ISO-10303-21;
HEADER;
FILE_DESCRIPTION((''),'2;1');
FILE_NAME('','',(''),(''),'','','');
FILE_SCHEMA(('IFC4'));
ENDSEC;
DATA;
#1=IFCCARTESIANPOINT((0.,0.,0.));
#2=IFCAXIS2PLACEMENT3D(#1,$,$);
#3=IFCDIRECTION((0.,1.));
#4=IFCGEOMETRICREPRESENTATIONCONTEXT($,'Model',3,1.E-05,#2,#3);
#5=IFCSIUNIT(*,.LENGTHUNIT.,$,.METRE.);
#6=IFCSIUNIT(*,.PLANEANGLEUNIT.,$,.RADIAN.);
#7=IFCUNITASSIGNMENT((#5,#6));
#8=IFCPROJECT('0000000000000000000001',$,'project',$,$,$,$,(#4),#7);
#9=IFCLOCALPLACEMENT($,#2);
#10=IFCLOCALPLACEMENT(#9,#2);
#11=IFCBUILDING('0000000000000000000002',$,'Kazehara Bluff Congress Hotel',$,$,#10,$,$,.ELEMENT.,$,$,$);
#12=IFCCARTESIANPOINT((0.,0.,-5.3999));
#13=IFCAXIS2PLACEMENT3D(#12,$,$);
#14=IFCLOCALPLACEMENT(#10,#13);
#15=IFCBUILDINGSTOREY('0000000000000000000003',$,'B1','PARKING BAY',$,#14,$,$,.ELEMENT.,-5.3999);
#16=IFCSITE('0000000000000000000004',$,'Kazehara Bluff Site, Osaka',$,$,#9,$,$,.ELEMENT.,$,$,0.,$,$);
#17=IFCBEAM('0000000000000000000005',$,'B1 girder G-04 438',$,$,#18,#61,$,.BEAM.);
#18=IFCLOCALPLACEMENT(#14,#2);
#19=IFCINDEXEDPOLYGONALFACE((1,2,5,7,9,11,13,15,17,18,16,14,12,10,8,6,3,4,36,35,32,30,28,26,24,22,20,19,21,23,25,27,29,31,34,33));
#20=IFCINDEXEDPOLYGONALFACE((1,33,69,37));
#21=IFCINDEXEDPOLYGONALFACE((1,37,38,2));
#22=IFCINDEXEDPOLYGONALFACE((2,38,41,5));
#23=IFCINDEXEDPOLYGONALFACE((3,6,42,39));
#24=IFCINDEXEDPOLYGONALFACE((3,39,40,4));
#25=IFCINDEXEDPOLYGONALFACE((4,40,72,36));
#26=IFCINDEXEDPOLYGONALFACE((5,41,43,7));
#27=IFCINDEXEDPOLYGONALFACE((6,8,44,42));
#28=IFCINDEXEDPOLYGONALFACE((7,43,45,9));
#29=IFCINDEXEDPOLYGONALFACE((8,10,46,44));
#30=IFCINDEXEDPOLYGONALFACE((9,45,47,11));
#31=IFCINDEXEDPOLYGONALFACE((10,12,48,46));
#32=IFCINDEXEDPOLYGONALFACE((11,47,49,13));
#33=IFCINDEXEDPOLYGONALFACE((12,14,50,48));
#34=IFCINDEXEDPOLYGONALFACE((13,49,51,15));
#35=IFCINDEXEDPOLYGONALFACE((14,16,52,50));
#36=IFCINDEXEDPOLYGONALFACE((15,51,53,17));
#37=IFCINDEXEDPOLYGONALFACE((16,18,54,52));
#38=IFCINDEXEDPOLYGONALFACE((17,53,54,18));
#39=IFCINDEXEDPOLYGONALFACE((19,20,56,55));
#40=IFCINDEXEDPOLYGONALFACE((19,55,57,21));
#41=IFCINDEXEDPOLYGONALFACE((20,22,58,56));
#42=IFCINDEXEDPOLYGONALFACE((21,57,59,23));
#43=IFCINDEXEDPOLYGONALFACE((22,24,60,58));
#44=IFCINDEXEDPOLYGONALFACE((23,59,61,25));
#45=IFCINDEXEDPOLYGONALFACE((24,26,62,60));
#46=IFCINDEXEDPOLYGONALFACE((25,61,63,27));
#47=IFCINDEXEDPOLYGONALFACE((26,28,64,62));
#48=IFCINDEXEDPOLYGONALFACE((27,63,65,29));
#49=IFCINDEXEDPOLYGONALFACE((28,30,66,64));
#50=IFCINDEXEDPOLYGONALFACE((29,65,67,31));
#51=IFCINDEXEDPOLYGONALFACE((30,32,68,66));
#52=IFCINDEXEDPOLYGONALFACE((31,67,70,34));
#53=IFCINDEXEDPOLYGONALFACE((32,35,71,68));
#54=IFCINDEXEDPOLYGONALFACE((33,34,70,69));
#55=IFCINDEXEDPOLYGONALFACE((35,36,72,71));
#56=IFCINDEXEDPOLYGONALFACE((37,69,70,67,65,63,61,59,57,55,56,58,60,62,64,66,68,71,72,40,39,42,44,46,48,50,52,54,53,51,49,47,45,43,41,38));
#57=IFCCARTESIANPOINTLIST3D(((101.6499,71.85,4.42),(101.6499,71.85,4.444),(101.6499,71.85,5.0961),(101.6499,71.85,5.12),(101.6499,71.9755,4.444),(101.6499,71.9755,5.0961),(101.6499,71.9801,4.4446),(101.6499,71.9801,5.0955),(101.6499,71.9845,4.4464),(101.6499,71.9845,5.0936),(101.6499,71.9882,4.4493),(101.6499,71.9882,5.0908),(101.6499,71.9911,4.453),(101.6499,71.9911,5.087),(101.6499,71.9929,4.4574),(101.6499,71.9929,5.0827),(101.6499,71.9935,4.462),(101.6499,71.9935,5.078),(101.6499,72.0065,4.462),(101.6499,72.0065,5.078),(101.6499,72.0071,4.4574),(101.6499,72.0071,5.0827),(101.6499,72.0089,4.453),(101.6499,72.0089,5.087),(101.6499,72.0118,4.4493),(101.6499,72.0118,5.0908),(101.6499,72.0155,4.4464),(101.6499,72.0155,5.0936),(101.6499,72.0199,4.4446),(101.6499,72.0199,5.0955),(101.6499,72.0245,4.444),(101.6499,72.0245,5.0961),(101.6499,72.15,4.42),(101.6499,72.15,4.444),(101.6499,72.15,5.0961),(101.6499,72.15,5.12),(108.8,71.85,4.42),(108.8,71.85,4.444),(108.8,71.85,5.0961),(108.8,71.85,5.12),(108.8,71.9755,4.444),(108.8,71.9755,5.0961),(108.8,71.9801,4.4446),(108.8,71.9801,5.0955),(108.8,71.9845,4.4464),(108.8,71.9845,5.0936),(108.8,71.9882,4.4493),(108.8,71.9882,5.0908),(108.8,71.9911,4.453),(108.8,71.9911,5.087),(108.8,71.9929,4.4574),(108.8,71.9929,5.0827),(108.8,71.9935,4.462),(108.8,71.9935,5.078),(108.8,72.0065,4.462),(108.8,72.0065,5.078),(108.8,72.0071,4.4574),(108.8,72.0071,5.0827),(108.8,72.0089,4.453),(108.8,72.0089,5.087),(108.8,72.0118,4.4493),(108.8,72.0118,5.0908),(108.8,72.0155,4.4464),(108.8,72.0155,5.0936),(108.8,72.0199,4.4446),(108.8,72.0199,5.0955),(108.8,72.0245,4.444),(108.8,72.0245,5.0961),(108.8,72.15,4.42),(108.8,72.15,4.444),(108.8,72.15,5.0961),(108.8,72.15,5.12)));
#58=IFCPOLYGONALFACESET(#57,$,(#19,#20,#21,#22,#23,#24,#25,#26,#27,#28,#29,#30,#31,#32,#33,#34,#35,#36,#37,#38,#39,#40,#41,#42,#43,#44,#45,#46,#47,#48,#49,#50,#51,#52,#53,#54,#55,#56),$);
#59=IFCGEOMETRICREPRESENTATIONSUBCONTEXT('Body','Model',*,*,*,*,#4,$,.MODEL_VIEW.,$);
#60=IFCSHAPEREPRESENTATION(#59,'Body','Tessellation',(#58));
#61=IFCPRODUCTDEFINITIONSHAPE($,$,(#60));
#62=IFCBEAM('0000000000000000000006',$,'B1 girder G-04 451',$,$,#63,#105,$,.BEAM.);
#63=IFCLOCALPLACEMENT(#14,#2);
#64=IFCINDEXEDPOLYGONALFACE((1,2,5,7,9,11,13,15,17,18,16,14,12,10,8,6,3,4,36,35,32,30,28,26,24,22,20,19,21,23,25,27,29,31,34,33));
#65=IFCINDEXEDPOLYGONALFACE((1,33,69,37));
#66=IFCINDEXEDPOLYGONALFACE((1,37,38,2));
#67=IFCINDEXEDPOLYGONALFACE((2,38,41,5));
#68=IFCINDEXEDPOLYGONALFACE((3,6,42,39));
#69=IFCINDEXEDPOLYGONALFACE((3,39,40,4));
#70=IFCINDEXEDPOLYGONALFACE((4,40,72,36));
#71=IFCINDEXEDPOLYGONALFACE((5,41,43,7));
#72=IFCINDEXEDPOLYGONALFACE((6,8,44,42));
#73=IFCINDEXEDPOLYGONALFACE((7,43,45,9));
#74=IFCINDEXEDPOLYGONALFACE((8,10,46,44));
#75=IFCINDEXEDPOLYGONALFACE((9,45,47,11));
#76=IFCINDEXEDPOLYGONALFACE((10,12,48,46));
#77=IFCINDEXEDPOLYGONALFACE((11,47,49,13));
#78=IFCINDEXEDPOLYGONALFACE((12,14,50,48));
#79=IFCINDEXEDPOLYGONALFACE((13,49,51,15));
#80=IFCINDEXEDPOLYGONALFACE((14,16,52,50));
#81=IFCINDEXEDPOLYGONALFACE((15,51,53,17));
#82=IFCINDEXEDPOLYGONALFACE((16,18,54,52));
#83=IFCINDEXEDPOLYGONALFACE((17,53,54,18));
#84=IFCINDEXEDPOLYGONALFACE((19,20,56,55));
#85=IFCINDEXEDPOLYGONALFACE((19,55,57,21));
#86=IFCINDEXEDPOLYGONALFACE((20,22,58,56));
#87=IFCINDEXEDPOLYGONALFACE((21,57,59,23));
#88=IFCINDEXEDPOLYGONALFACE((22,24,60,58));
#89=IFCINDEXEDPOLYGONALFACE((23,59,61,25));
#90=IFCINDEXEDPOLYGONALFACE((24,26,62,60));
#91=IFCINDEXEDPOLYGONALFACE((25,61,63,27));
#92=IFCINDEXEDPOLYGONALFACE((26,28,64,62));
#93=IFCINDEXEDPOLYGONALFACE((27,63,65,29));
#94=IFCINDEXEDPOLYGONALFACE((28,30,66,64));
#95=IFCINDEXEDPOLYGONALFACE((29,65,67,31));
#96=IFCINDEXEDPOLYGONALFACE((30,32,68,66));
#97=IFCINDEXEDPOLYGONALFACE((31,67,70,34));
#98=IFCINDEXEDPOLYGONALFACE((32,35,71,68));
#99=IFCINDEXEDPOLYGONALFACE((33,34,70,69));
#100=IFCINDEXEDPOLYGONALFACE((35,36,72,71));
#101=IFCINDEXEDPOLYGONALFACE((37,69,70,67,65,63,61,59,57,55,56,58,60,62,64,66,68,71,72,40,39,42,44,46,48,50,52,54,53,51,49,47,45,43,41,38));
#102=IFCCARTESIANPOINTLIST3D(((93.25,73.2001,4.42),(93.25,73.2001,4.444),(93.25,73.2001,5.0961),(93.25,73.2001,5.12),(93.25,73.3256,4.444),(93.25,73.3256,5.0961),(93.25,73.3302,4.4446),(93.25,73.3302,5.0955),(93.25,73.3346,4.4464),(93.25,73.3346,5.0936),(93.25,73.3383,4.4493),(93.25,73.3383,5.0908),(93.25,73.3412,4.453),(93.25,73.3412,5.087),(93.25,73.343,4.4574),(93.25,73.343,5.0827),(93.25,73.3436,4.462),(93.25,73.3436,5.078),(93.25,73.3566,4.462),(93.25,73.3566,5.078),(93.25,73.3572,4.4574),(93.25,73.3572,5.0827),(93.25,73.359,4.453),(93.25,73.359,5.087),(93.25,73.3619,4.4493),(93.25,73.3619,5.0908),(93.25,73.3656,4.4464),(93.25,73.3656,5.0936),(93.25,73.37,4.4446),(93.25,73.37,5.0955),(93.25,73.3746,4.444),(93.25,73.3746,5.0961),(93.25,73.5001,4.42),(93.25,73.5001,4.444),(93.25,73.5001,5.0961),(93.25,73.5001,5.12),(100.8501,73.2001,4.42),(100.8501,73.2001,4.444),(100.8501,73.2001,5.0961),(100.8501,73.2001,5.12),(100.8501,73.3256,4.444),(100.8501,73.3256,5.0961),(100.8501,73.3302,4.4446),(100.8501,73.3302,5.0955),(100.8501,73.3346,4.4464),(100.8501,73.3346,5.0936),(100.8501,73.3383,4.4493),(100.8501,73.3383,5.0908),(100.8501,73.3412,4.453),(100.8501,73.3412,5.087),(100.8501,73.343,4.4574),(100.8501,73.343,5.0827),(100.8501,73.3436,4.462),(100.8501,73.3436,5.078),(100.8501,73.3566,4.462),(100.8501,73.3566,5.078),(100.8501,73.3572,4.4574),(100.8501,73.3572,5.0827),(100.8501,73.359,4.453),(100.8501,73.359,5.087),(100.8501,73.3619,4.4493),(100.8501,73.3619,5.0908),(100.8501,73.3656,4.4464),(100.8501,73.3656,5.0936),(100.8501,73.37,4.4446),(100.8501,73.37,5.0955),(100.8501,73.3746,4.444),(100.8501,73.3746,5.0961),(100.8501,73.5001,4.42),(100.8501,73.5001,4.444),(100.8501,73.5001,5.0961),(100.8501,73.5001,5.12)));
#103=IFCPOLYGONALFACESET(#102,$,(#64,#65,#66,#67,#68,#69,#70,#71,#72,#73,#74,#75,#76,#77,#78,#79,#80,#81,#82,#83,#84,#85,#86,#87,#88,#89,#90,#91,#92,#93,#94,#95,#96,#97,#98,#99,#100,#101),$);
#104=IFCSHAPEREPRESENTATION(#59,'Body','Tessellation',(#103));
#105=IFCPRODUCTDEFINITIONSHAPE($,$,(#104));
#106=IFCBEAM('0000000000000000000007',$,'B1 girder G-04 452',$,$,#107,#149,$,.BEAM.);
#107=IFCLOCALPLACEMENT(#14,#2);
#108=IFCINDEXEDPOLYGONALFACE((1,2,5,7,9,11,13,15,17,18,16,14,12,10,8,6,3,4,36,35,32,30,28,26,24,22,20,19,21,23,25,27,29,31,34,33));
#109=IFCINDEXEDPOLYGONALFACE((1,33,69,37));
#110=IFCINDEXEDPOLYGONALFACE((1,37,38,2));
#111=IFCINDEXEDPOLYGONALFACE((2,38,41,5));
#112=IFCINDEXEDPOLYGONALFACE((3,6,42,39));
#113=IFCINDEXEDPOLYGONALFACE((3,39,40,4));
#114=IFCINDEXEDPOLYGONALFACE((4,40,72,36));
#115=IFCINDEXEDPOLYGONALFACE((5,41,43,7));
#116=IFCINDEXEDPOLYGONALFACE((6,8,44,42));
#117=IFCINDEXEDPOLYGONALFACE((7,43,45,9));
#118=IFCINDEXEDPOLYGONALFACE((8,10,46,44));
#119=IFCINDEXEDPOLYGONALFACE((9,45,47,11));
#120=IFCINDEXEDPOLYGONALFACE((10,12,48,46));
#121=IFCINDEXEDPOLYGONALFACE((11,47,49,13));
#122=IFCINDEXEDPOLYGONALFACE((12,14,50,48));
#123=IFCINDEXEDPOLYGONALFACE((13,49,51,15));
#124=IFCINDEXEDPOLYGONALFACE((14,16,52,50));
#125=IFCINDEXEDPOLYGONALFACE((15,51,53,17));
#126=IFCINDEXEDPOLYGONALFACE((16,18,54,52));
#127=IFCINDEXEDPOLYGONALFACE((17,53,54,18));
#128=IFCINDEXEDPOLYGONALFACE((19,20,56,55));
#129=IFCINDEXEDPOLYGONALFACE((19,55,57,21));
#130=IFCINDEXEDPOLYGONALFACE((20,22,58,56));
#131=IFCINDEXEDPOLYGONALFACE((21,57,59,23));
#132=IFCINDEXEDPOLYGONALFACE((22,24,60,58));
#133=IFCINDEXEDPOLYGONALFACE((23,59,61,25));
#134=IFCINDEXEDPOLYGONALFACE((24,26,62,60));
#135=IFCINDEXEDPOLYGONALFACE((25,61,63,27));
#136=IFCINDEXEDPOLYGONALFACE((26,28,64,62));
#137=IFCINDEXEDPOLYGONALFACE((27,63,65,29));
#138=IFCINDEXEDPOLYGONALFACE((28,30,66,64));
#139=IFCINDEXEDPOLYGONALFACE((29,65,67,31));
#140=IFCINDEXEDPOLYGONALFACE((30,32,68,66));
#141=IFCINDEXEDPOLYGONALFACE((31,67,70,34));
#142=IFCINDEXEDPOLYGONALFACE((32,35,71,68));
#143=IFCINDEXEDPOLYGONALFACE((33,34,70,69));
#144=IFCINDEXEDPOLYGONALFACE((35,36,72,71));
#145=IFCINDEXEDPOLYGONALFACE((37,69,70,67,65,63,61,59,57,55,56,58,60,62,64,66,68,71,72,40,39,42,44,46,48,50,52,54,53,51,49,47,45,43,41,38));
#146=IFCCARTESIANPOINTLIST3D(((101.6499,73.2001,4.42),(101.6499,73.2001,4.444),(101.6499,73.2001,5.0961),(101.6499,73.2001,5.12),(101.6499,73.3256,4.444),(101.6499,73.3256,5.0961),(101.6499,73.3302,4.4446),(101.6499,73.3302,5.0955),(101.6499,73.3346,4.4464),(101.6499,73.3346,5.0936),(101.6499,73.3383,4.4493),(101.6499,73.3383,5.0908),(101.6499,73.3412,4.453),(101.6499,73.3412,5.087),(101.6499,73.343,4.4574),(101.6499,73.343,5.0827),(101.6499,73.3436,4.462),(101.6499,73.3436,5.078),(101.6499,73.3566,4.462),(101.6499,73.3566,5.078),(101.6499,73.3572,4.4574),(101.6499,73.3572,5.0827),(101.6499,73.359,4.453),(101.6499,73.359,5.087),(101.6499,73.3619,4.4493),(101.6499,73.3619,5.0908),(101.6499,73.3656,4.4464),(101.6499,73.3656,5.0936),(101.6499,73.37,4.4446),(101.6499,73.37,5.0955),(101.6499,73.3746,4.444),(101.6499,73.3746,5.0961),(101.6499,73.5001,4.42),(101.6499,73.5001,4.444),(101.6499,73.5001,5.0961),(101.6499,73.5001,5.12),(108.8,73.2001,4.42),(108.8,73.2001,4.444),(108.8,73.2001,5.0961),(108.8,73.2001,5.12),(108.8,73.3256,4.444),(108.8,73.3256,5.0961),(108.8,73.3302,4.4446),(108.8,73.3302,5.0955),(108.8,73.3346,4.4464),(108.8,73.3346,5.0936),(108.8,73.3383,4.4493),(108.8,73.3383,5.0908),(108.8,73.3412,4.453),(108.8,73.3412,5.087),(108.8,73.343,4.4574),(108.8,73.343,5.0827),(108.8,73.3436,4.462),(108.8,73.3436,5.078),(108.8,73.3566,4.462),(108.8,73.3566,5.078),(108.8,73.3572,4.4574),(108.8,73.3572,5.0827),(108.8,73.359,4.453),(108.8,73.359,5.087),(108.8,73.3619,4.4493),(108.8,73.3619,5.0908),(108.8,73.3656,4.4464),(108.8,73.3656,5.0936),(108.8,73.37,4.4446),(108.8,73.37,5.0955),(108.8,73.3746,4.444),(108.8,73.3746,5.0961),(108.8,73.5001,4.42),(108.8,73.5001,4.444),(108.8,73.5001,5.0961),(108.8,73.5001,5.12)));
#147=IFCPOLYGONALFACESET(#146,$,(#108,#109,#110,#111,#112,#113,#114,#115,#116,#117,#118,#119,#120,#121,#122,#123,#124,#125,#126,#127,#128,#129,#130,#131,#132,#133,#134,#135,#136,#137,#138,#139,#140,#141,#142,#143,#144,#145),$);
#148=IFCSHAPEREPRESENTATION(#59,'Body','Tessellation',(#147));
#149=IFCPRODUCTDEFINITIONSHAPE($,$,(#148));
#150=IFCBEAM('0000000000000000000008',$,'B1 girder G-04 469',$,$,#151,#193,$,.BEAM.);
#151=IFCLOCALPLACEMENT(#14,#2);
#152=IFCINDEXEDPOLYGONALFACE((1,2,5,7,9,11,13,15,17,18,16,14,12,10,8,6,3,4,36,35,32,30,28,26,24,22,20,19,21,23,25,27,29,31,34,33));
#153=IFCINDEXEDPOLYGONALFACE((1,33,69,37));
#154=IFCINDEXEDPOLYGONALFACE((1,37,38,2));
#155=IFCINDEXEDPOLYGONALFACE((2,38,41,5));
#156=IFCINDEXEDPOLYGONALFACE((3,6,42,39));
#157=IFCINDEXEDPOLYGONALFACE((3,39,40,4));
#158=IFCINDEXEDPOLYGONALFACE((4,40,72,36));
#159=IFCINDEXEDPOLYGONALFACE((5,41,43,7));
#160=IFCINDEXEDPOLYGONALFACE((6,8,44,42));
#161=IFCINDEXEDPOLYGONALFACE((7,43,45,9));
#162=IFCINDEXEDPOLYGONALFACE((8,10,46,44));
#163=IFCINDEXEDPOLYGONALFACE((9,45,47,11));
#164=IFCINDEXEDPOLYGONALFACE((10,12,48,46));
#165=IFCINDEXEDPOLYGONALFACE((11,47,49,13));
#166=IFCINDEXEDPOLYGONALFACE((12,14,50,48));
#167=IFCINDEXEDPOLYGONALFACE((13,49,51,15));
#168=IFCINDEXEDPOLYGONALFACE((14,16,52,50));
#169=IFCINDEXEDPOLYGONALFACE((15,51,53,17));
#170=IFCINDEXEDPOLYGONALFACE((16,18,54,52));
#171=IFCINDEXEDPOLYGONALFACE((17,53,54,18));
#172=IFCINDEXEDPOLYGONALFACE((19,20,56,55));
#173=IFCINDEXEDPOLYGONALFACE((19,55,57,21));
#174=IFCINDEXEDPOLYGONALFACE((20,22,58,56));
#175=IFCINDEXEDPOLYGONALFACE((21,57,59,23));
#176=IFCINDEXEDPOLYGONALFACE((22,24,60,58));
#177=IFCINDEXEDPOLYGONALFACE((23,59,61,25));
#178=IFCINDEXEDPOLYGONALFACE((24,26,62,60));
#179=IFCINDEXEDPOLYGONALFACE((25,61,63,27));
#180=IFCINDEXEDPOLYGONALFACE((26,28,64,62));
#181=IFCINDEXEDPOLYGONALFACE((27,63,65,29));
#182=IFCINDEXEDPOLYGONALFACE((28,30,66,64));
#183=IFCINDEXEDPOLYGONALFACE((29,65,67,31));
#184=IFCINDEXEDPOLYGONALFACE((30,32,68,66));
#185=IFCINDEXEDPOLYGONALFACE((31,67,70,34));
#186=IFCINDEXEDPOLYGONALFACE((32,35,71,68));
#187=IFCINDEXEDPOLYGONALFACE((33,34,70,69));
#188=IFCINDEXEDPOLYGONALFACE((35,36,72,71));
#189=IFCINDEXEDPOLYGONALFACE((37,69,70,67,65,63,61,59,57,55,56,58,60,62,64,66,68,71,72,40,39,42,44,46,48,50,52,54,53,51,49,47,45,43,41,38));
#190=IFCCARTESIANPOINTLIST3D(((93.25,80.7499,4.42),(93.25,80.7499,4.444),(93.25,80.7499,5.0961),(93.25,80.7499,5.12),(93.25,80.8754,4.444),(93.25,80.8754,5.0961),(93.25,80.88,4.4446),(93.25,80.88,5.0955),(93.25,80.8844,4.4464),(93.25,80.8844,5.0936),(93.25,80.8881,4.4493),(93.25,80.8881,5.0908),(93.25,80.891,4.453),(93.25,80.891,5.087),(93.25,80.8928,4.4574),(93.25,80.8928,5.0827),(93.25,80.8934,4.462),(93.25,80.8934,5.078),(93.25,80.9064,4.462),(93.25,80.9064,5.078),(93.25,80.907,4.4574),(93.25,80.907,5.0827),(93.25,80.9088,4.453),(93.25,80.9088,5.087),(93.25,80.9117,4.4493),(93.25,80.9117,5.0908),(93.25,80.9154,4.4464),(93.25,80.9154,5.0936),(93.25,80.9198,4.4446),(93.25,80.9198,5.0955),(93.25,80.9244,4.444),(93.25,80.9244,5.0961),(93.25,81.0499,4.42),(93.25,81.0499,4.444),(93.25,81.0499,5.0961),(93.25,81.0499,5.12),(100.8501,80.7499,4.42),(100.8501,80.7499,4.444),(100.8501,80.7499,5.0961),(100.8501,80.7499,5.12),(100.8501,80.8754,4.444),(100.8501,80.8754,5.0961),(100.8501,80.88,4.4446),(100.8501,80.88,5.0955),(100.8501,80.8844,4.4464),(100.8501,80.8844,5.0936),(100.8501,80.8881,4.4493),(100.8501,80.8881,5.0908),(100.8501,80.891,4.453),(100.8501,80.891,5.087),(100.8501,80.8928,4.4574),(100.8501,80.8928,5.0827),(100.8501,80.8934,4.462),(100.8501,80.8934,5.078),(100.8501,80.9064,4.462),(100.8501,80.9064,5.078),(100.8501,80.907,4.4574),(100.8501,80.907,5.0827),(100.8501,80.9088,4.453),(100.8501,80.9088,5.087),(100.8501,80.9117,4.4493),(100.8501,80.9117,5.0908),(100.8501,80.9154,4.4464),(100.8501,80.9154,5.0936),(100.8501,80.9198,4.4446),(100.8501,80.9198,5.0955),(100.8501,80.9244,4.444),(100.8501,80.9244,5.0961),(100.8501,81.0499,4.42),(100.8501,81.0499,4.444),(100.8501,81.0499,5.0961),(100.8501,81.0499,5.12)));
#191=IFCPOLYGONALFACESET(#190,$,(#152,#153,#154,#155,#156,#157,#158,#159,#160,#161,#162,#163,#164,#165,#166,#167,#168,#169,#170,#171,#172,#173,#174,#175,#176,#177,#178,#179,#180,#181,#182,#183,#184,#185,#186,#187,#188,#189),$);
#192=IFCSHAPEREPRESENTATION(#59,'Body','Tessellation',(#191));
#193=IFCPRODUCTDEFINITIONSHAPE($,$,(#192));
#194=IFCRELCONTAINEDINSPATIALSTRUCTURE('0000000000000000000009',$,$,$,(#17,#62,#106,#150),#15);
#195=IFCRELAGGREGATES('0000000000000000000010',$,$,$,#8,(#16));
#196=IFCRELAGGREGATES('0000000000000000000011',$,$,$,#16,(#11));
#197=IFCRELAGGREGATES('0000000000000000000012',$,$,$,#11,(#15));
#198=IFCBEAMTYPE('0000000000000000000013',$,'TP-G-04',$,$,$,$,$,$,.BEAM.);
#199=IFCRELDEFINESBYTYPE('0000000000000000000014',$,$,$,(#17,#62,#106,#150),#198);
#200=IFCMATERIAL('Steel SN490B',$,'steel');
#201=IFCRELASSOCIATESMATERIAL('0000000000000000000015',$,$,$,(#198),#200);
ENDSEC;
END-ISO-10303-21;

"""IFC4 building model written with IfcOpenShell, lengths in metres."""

from ifc_helpers import new_model, si_unit, direction, frame, origin, origin_2d, place, context, subcontext, project, spatial, i_section, extrude, material, material_profile, profile_set, type_object, element, save


model = new_model("IFC4")

# Units and contexts
model_context = context("Model", 3, precision=1e-05, world=origin(), true_north=direction((0.0, 1.0)))
body_context = subcontext(model_context, "Body", "Model", "MODEL_VIEW")
ifc_project = project(units=[si_unit("LENGTHUNIT", "METRE"), si_unit("PLANEANGLEUNIT", "RADIAN")], contexts=[model_context])

# Site, building, storey
site_placement = place(None, origin())
site = spatial("IfcSite", under=ifc_project, at=site_placement, Name="Kazehara Bluff Site, Osaka", CompositionType="ELEMENT", RefElevation=0.0)
building_placement = place(site_placement, origin())
building = spatial("IfcBuilding", under=site, at=building_placement, Name="Kazehara Bluff Congress Hotel", CompositionType="ELEMENT")
storey_placement = place(building_placement, frame((0.0, 0.0, -5.3999)))
storey = spatial("IfcBuildingStorey", under=building, at=storey_placement, Name="B1", Description="PARKING BAY", CompositionType="ELEMENT", Elevation=-5.3999)

# Beams
ifc_material_1 = material(Name="Steel SN490B", Category="steel")
ifc_material_profile_1 = material_profile(ifc_material_1, i_section(OverallWidth=0.3, OverallDepth=0.7, WebThickness=0.0129, FlangeThickness=0.0239, FilletRadius=0.0181, at=origin_2d()))
ifc_profile_set_1 = profile_set([ifc_material_profile_1], Name="Steel SN490B")
beam_type_1 = type_object("IfcBeamType", Name="TP-G-04", PredefinedType="BEAM", material=ifc_profile_set_1)
beam_1_placement = place(storey_placement, frame((101.6499, 72.0, 4.77), z_axis=(1.0, 0.0, 0.0), x_axis=(0.0, 1.0, 0.0)))
element("IfcBeam", 1, at=beam_1_placement, inside=storey, type_object=beam_type_1, Name="B1 girder G-04 438", PredefinedType="BEAM", context=body_context, shape_type="SweptSolid", body=[
    extrude(i_section(OverallWidth=0.3, OverallDepth=0.7, WebThickness=0.0129, FlangeThickness=0.0239, FilletRadius=0.0181, at=origin_2d()), origin(), (0.0, 0.0, 1.0), 7.1501),
])
beam_2_placement = place(storey_placement, frame((93.25, 73.3501, 4.77), z_axis=(1.0, 0.0, 0.0), x_axis=(0.0, 1.0, 0.0)))
element("IfcBeam", 2, at=beam_2_placement, inside=storey, type_object=beam_type_1, Name="B1 girder G-04 451", PredefinedType="BEAM", context=body_context, shape_type="SweptSolid", body=[
    extrude(i_section(OverallWidth=0.3, OverallDepth=0.7, WebThickness=0.0129, FlangeThickness=0.0239, FilletRadius=0.0181, at=origin_2d()), origin(), (0.0, 0.0, 1.0), 7.6001),
])
beam_3_placement = place(storey_placement, frame((101.6499, 73.3501, 4.77), z_axis=(1.0, 0.0, 0.0), x_axis=(0.0, 1.0, 0.0)))
element("IfcBeam", 3, at=beam_3_placement, inside=storey, type_object=beam_type_1, Name="B1 girder G-04 452", PredefinedType="BEAM", context=body_context, shape_type="SweptSolid", body=[
    extrude(i_section(OverallWidth=0.3, OverallDepth=0.7, WebThickness=0.0129, FlangeThickness=0.0239, FilletRadius=0.0181, at=origin_2d()), origin(), (0.0, 0.0, 1.0), 7.1501),
])
beam_4_placement = place(storey_placement, frame((93.25, 80.8999, 4.77), z_axis=(1.0, 0.0, 0.0), x_axis=(0.0, 1.0, 0.0)))
element("IfcBeam", 4, at=beam_4_placement, inside=storey, type_object=beam_type_1, Name="B1 girder G-04 469", PredefinedType="BEAM", context=body_context, shape_type="SweptSolid", body=[
    extrude(i_section(OverallWidth=0.3, OverallDepth=0.7, WebThickness=0.0129, FlangeThickness=0.0239, FilletRadius=0.0181, at=origin_2d()), origin(), (0.0, 0.0, 1.0), 7.6001),
])

save(model, "model.ifc")
